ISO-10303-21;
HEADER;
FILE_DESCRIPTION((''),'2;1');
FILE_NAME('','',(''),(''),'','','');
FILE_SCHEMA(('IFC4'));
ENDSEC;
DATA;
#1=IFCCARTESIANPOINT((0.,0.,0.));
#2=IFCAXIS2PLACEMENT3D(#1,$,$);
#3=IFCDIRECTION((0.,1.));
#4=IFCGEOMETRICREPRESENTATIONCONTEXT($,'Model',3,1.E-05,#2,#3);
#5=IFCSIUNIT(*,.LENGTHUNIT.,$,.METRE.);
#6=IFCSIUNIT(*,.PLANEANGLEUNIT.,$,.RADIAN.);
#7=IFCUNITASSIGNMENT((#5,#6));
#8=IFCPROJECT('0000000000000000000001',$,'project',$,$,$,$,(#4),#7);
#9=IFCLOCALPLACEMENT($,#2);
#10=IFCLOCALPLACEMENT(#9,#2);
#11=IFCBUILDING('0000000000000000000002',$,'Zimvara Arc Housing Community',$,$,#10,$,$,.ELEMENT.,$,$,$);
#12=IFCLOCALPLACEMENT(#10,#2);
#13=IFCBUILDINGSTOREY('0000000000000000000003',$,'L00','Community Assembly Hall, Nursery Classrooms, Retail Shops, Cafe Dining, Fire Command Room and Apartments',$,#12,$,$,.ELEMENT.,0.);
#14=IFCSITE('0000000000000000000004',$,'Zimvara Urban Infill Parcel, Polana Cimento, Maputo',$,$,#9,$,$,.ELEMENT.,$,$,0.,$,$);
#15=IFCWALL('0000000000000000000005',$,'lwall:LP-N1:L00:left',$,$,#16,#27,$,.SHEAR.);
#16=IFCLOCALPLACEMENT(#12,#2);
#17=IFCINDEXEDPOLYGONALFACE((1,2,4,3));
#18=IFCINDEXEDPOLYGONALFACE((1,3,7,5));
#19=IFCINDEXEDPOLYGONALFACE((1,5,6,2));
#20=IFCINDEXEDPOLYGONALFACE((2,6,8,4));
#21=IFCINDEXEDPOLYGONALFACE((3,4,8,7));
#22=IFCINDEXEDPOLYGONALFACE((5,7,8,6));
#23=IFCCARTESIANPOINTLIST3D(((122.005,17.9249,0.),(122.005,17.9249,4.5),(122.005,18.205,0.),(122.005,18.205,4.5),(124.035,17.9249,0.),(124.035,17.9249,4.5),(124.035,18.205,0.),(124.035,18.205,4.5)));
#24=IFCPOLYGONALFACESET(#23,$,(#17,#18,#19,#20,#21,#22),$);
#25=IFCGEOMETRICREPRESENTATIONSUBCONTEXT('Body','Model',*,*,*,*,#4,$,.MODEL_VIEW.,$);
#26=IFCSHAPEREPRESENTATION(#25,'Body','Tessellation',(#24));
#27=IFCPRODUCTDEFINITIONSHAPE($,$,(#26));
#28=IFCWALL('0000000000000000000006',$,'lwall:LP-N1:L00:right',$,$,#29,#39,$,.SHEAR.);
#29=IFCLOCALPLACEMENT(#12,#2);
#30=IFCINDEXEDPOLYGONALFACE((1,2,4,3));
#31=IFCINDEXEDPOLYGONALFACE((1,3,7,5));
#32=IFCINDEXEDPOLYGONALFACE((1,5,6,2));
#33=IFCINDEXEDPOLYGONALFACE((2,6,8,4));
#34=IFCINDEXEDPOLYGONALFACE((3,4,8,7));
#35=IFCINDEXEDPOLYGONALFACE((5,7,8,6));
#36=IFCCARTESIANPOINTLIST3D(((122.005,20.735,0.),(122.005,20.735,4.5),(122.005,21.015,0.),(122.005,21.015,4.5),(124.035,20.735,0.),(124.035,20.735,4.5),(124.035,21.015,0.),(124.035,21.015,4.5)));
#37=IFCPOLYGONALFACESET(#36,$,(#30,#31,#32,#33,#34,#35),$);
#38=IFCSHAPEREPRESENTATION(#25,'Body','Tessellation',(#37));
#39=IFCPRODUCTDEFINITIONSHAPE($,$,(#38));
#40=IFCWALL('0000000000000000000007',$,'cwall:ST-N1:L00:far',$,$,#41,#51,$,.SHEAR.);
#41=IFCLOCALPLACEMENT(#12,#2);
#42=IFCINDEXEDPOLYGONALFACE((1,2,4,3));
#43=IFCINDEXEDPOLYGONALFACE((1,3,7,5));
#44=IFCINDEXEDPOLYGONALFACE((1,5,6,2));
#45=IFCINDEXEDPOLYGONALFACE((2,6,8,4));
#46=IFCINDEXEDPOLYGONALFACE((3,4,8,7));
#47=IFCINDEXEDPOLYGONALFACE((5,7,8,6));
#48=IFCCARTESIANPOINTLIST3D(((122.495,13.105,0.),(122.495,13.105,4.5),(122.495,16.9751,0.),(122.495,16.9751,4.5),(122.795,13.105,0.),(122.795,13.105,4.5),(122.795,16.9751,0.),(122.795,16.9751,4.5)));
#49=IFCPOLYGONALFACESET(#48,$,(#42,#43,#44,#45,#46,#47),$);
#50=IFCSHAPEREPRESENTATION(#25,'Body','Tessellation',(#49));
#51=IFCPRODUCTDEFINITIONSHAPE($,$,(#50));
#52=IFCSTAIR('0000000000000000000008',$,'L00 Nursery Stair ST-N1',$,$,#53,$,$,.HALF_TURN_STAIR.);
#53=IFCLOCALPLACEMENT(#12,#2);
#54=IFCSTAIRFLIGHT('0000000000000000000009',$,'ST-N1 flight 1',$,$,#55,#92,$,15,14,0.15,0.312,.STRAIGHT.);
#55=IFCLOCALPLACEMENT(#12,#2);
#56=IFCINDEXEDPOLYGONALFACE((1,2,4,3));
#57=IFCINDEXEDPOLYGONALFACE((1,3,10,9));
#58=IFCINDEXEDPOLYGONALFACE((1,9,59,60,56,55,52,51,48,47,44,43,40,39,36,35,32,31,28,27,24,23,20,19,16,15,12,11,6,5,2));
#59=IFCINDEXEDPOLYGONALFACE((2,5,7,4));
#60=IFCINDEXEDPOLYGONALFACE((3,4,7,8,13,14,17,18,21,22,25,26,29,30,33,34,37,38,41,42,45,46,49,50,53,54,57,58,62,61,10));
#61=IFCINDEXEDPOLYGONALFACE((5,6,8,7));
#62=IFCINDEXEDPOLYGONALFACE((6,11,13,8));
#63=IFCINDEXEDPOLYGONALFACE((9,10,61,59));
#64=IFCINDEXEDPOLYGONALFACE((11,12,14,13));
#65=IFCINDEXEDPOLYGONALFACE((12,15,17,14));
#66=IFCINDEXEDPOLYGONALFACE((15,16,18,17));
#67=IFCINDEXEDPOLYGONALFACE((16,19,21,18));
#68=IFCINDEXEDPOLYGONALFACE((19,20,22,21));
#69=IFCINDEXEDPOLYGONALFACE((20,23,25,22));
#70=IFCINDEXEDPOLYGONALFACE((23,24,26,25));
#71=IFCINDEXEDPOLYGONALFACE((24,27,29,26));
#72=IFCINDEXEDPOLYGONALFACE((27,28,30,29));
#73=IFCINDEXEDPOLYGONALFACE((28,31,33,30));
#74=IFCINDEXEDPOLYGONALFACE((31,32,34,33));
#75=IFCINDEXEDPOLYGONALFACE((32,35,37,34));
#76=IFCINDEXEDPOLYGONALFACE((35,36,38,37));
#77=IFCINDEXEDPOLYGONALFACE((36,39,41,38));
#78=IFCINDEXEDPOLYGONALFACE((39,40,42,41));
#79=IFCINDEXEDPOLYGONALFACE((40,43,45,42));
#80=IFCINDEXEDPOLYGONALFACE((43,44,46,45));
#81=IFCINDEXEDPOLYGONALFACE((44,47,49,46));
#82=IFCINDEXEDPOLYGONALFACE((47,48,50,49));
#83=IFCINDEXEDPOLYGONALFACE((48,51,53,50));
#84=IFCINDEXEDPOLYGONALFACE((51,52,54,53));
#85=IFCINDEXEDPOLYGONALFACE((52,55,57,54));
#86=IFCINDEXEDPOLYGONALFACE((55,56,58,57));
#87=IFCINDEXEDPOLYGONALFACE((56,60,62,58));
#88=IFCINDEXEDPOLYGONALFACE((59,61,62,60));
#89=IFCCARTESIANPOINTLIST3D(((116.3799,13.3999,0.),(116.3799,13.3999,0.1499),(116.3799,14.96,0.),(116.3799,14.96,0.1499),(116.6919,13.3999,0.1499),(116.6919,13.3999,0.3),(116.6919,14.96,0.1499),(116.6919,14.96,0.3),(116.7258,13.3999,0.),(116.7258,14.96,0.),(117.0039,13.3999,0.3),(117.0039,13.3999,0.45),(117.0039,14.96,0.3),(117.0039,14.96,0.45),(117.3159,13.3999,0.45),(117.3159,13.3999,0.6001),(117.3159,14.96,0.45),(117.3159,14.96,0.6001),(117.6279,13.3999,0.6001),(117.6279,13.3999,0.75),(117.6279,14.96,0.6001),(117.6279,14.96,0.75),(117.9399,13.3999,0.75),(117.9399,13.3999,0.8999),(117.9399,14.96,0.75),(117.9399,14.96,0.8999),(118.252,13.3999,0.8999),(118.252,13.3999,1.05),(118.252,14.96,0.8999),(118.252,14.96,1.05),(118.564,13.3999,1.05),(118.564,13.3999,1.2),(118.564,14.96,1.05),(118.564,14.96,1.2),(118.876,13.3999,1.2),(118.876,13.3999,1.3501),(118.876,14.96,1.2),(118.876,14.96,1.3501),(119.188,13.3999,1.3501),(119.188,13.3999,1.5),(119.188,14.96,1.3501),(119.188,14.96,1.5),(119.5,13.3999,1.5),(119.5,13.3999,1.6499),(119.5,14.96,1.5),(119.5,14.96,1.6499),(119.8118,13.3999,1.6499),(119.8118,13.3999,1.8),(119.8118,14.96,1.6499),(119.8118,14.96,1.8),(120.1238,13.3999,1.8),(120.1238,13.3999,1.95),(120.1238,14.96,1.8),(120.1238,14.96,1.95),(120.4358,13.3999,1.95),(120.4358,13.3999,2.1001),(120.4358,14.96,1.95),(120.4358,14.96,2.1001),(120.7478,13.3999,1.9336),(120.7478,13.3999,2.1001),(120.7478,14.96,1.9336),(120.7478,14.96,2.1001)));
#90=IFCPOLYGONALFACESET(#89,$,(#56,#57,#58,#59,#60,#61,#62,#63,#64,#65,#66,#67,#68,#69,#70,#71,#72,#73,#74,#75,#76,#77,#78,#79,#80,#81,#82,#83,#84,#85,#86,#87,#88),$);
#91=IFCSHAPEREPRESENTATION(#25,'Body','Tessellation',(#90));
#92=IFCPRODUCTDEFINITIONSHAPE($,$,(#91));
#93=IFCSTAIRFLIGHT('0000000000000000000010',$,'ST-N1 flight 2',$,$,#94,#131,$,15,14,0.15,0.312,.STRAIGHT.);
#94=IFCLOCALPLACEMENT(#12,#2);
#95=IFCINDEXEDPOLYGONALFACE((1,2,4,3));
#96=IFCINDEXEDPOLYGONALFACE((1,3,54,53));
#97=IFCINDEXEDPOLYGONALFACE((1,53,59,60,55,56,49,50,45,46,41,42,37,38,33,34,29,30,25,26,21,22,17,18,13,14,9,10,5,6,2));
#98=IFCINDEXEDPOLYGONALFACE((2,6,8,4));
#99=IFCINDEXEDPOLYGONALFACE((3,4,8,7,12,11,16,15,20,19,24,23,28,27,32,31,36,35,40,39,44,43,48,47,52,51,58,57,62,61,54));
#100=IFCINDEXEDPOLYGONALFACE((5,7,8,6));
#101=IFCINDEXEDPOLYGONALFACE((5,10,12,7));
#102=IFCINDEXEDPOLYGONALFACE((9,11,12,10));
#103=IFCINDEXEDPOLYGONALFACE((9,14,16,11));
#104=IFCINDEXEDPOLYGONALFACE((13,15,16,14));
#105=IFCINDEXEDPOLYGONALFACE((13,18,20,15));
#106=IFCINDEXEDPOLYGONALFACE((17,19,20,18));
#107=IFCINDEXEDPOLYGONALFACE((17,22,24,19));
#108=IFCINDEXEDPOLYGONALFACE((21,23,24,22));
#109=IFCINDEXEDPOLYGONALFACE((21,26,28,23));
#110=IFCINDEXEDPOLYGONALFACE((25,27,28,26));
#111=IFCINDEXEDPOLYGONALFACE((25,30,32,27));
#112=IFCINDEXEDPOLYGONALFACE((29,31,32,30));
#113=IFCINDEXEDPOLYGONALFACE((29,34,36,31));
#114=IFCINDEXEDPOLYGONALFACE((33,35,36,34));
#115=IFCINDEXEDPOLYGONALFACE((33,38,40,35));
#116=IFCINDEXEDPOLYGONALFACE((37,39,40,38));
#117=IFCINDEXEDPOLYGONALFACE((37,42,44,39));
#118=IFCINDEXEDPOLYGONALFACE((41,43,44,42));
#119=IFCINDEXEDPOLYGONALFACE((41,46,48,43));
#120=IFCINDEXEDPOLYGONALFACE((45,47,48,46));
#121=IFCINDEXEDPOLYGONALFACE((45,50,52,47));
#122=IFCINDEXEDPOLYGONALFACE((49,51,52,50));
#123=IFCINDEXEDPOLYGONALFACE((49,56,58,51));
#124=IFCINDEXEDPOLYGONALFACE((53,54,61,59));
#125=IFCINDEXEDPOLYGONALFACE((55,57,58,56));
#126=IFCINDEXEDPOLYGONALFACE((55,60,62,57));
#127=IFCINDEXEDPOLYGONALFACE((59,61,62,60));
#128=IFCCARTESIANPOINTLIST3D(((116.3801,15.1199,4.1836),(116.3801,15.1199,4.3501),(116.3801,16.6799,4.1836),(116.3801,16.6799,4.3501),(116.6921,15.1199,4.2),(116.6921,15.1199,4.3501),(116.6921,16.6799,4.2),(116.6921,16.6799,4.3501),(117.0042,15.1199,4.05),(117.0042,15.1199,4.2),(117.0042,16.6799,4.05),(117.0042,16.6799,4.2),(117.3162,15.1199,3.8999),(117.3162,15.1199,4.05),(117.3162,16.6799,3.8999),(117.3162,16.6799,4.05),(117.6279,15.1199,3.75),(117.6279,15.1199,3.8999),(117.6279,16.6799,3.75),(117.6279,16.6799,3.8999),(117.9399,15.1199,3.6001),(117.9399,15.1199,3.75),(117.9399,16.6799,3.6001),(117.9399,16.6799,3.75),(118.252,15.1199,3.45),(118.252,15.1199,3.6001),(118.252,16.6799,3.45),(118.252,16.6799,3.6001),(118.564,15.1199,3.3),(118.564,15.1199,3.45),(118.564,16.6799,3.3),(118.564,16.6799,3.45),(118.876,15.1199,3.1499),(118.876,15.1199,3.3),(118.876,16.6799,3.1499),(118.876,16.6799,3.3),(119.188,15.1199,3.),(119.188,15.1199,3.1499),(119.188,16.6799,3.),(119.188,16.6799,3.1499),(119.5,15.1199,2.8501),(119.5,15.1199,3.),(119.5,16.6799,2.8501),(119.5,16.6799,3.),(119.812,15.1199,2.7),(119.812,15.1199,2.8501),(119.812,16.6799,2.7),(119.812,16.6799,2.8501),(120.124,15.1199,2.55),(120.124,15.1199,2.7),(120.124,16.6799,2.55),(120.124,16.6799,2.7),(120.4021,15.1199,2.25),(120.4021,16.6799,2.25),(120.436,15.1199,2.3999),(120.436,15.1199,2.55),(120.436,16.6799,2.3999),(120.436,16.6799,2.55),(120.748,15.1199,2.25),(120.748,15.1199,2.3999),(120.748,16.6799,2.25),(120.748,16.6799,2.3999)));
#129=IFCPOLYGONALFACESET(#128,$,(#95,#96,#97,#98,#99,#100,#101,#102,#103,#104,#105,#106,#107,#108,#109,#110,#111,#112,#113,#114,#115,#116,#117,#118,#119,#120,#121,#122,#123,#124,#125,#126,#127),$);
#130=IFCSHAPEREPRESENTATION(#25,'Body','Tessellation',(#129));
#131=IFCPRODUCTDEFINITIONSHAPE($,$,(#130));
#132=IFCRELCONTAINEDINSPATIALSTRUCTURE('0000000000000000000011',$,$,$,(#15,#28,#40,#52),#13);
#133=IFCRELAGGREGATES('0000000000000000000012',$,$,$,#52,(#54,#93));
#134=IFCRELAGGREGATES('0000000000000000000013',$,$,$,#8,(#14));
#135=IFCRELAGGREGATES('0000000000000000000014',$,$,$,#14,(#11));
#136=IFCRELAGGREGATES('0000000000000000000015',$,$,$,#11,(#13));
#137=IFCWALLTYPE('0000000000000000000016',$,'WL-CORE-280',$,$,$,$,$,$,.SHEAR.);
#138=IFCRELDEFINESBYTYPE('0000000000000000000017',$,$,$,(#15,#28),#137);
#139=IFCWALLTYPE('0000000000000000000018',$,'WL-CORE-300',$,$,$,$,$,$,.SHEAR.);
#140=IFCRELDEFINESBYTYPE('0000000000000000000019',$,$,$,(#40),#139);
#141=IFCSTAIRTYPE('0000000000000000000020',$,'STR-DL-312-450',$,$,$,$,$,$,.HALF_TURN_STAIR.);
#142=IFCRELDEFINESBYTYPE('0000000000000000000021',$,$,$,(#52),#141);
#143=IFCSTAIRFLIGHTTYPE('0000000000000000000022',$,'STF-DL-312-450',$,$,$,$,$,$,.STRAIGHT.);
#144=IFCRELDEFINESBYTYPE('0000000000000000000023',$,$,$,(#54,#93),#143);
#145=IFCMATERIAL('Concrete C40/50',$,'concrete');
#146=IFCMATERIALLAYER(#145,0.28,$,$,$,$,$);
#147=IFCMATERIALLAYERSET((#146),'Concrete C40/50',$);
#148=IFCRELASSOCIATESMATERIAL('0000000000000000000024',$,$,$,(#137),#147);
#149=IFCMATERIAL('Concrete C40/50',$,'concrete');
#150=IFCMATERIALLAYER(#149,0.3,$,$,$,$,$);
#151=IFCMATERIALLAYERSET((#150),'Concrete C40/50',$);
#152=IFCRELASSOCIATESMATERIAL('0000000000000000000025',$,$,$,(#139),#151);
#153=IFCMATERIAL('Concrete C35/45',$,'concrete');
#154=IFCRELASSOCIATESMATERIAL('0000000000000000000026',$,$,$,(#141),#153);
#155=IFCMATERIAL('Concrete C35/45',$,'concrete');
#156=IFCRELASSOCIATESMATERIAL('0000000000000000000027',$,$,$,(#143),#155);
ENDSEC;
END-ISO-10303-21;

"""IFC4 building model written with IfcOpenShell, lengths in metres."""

from ifc_helpers import new_model, si_unit, direction, frame, frame_2d, origin, place, context, subcontext, project, spatial, polyline, rectangle, outline, extrude, material, layer, layer_set, type_object, element, aggregate, save


model = new_model("IFC4")

# Units and contexts
model_context = context("Model", 3, precision=1e-05, world=origin(), true_north=direction((0.0, 1.0)))
body_context = subcontext(model_context, "Body", "Model", "MODEL_VIEW")
ifc_project = project(units=[si_unit("LENGTHUNIT", "METRE"), si_unit("PLANEANGLEUNIT", "RADIAN")], contexts=[model_context])

# Site, building, storey
site_placement = place(None, origin())
site = spatial("IfcSite", under=ifc_project, at=site_placement, Name="Zimvara Urban Infill Parcel, Polana Cimento, Maputo", CompositionType="ELEMENT", RefElevation=0.0)
building_placement = place(site_placement, origin())
building = spatial("IfcBuilding", under=site, at=building_placement, Name="Zimvara Arc Housing Community", CompositionType="ELEMENT")
storey_placement = place(building_placement, origin())
storey = spatial("IfcBuildingStorey", under=building, at=storey_placement, Name="L00", Description="Community Assembly Hall, Nursery Classrooms, Retail Shops, Cafe Dining, Fire Command Room and Apartments", CompositionType="ELEMENT", Elevation=0.0)

# Shared definitions
ifc_material_1 = material(Name="Concrete C40/50", Category="concrete")
ifc_layer_1 = layer(ifc_material_1, 0.28)
ifc_layer_set_1 = layer_set([ifc_layer_1], Name="Concrete C40/50")
wall_type_1 = type_object("IfcWallType", Name="WL-CORE-280", PredefinedType="SHEAR", material=ifc_layer_set_1)

# Walls
for number, where, z_axis, x_axis, name in (
    (1, (122.0049, 18.0649, 0.0), (0.0, 0.0, 1.0), (1.0, 0.0, 0.0), "lwall:LP-N1:L00:left"),
    (2, (122.0049, 20.875, 0.0), (0.0, 0.0, 1.0), (1.0, 0.0, 0.0), "lwall:LP-N1:L00:right"),
):
    element("IfcWall", number, at=place(storey_placement, frame(where, z_axis=z_axis, x_axis=x_axis)), inside=storey, type_object=wall_type_1, Name=name, PredefinedType="SHEAR", context=body_context, shape_type="SweptSolid", body=[
        extrude(rectangle(XDim=2.03, YDim=0.28, at=frame_2d((1.0151, 0.0))), origin(), (0.0, 0.0, 1.0), 4.5),
    ])
ifc_material_2 = material(Name="Concrete C40/50", Category="concrete")
ifc_layer_2 = layer(ifc_material_2, 0.3)
ifc_layer_set_2 = layer_set([ifc_layer_2], Name="Concrete C40/50")
wall_type_2 = type_object("IfcWallType", Name="WL-CORE-300", PredefinedType="SHEAR", material=ifc_layer_set_2)
wall_1_placement = place(storey_placement, frame((122.645, 13.105, 0.0), z_axis=(0.0, 0.0, 1.0), x_axis=(0.0, 1.0, 0.0)))
element("IfcWall", 3, at=wall_1_placement, inside=storey, type_object=wall_type_2, Name="cwall:ST-N1:L00:far", PredefinedType="SHEAR", context=body_context, shape_type="SweptSolid", body=[
    extrude(rectangle(XDim=3.8701, YDim=0.3, at=frame_2d((1.9351, 0.0))), origin(), (0.0, 0.0, 1.0), 4.5),
])

# Stair, stair flights
ifc_material_3 = material(Name="Concrete C35/45", Category="concrete")
stair_type = type_object("IfcStairType", Name="STR-DL-312-450", PredefinedType="HALF_TURN_STAIR", material=ifc_material_3)
stair_placement = place(storey_placement, origin())
stair = element("IfcStair", 4, at=stair_placement, inside=storey, type_object=stair_type, Name="L00 Nursery Stair ST-N1", PredefinedType="HALF_TURN_STAIR")
ifc_material_4 = material(Name="Concrete C35/45", Category="concrete")
stair_flight_type = type_object("IfcStairFlightType", Name="STF-DL-312-450", PredefinedType="STRAIGHT", material=ifc_material_4)
stair_flight_1_placement = place(storey_placement, frame((116.3799, 14.1799, 0.0), z_axis=(0.0, 0.0, 1.0), x_axis=(1.0, 0.0, 0.0)))
stair_flight_1 = element("IfcStairFlight", 5, at=stair_flight_1_placement, type_object=stair_flight_type, Name="ST-N1 flight 1", NumberOfRisers=15, NumberOfTreads=14, PredefinedType="STRAIGHT", RiserHeight=0.15, TreadLength=0.312, context=body_context, shape_type="SweptSolid", body=[
    extrude(outline(polyline([(0.0, 0.0), (0.0, 0.1499), (0.312, 0.1499), (0.312, 0.3), (0.624, 0.3), (0.624, 0.45), (0.936, 0.45), (0.936, 0.6001), (1.248, 0.6001), (1.248, 0.75), (1.5601, 0.75), (1.5601, 0.8999), (1.8721, 0.8999), (1.8721, 1.05), (2.1841, 1.05), (2.1841, 1.2), (2.4961, 1.2), (2.4961, 1.3501), (2.8081, 1.3501), (2.8081, 1.5), (3.1201, 1.5), (3.1201, 1.6499), (3.4319, 1.6499), (3.4319, 1.8), (3.7439, 1.8), (3.7439, 1.95), (4.0559, 1.95), (4.0559, 2.1001), (4.3679, 2.1001), (4.3679, 2.25), (4.3679, 1.9336), (0.3459, 0.0), (0.0, 0.0)])), frame((0.0, 0.78, 0.0), z_axis=(0.0, -1.0, 0.0), x_axis=(1.0, 0.0, 0.0)), (0.0, 0.0, 1.0), 1.5601),
])
stair_flight_2_placement = place(storey_placement, frame((120.748, 15.8999, 2.25), z_axis=(0.0, 0.0, 1.0), x_axis=(-1.0, 0.0, 0.0)))
stair_flight_2 = element("IfcStairFlight", 6, at=stair_flight_2_placement, type_object=stair_flight_type, Name="ST-N1 flight 2", NumberOfRisers=15, NumberOfTreads=14, PredefinedType="STRAIGHT", RiserHeight=0.15, TreadLength=0.312, context=body_context, shape_type="SweptSolid", body=[
    extrude(outline(polyline([(0.0, 0.0), (0.0, 0.1499), (0.312, 0.1499), (0.312, 0.3), (0.624, 0.3), (0.624, 0.45), (0.936, 0.45), (0.936, 0.6001), (1.248, 0.6001), (1.248, 0.75), (1.5601, 0.75), (1.5601, 0.8999), (1.8721, 0.8999), (1.8721, 1.05), (2.1841, 1.05), (2.1841, 1.2), (2.4961, 1.2), (2.4961, 1.3501), (2.8081, 1.3501), (2.8081, 1.5), (3.1201, 1.5), (3.1201, 1.6499), (3.4319, 1.6499), (3.4319, 1.8), (3.7439, 1.8), (3.7439, 1.95), (4.0559, 1.95), (4.0559, 2.1001), (4.3679, 2.1001), (4.3679, 2.25), (4.3679, 1.9336), (0.3459, 0.0), (0.0, 0.0)])), frame((0.0, 0.78, 0.0), z_axis=(0.0, -1.0, 0.0), x_axis=(1.0, 0.0, 0.0)), (0.0, 0.0, 1.0), 1.5601),
])
aggregate(stair, [stair_flight_1, stair_flight_2])

save(model, "model.ifc")
